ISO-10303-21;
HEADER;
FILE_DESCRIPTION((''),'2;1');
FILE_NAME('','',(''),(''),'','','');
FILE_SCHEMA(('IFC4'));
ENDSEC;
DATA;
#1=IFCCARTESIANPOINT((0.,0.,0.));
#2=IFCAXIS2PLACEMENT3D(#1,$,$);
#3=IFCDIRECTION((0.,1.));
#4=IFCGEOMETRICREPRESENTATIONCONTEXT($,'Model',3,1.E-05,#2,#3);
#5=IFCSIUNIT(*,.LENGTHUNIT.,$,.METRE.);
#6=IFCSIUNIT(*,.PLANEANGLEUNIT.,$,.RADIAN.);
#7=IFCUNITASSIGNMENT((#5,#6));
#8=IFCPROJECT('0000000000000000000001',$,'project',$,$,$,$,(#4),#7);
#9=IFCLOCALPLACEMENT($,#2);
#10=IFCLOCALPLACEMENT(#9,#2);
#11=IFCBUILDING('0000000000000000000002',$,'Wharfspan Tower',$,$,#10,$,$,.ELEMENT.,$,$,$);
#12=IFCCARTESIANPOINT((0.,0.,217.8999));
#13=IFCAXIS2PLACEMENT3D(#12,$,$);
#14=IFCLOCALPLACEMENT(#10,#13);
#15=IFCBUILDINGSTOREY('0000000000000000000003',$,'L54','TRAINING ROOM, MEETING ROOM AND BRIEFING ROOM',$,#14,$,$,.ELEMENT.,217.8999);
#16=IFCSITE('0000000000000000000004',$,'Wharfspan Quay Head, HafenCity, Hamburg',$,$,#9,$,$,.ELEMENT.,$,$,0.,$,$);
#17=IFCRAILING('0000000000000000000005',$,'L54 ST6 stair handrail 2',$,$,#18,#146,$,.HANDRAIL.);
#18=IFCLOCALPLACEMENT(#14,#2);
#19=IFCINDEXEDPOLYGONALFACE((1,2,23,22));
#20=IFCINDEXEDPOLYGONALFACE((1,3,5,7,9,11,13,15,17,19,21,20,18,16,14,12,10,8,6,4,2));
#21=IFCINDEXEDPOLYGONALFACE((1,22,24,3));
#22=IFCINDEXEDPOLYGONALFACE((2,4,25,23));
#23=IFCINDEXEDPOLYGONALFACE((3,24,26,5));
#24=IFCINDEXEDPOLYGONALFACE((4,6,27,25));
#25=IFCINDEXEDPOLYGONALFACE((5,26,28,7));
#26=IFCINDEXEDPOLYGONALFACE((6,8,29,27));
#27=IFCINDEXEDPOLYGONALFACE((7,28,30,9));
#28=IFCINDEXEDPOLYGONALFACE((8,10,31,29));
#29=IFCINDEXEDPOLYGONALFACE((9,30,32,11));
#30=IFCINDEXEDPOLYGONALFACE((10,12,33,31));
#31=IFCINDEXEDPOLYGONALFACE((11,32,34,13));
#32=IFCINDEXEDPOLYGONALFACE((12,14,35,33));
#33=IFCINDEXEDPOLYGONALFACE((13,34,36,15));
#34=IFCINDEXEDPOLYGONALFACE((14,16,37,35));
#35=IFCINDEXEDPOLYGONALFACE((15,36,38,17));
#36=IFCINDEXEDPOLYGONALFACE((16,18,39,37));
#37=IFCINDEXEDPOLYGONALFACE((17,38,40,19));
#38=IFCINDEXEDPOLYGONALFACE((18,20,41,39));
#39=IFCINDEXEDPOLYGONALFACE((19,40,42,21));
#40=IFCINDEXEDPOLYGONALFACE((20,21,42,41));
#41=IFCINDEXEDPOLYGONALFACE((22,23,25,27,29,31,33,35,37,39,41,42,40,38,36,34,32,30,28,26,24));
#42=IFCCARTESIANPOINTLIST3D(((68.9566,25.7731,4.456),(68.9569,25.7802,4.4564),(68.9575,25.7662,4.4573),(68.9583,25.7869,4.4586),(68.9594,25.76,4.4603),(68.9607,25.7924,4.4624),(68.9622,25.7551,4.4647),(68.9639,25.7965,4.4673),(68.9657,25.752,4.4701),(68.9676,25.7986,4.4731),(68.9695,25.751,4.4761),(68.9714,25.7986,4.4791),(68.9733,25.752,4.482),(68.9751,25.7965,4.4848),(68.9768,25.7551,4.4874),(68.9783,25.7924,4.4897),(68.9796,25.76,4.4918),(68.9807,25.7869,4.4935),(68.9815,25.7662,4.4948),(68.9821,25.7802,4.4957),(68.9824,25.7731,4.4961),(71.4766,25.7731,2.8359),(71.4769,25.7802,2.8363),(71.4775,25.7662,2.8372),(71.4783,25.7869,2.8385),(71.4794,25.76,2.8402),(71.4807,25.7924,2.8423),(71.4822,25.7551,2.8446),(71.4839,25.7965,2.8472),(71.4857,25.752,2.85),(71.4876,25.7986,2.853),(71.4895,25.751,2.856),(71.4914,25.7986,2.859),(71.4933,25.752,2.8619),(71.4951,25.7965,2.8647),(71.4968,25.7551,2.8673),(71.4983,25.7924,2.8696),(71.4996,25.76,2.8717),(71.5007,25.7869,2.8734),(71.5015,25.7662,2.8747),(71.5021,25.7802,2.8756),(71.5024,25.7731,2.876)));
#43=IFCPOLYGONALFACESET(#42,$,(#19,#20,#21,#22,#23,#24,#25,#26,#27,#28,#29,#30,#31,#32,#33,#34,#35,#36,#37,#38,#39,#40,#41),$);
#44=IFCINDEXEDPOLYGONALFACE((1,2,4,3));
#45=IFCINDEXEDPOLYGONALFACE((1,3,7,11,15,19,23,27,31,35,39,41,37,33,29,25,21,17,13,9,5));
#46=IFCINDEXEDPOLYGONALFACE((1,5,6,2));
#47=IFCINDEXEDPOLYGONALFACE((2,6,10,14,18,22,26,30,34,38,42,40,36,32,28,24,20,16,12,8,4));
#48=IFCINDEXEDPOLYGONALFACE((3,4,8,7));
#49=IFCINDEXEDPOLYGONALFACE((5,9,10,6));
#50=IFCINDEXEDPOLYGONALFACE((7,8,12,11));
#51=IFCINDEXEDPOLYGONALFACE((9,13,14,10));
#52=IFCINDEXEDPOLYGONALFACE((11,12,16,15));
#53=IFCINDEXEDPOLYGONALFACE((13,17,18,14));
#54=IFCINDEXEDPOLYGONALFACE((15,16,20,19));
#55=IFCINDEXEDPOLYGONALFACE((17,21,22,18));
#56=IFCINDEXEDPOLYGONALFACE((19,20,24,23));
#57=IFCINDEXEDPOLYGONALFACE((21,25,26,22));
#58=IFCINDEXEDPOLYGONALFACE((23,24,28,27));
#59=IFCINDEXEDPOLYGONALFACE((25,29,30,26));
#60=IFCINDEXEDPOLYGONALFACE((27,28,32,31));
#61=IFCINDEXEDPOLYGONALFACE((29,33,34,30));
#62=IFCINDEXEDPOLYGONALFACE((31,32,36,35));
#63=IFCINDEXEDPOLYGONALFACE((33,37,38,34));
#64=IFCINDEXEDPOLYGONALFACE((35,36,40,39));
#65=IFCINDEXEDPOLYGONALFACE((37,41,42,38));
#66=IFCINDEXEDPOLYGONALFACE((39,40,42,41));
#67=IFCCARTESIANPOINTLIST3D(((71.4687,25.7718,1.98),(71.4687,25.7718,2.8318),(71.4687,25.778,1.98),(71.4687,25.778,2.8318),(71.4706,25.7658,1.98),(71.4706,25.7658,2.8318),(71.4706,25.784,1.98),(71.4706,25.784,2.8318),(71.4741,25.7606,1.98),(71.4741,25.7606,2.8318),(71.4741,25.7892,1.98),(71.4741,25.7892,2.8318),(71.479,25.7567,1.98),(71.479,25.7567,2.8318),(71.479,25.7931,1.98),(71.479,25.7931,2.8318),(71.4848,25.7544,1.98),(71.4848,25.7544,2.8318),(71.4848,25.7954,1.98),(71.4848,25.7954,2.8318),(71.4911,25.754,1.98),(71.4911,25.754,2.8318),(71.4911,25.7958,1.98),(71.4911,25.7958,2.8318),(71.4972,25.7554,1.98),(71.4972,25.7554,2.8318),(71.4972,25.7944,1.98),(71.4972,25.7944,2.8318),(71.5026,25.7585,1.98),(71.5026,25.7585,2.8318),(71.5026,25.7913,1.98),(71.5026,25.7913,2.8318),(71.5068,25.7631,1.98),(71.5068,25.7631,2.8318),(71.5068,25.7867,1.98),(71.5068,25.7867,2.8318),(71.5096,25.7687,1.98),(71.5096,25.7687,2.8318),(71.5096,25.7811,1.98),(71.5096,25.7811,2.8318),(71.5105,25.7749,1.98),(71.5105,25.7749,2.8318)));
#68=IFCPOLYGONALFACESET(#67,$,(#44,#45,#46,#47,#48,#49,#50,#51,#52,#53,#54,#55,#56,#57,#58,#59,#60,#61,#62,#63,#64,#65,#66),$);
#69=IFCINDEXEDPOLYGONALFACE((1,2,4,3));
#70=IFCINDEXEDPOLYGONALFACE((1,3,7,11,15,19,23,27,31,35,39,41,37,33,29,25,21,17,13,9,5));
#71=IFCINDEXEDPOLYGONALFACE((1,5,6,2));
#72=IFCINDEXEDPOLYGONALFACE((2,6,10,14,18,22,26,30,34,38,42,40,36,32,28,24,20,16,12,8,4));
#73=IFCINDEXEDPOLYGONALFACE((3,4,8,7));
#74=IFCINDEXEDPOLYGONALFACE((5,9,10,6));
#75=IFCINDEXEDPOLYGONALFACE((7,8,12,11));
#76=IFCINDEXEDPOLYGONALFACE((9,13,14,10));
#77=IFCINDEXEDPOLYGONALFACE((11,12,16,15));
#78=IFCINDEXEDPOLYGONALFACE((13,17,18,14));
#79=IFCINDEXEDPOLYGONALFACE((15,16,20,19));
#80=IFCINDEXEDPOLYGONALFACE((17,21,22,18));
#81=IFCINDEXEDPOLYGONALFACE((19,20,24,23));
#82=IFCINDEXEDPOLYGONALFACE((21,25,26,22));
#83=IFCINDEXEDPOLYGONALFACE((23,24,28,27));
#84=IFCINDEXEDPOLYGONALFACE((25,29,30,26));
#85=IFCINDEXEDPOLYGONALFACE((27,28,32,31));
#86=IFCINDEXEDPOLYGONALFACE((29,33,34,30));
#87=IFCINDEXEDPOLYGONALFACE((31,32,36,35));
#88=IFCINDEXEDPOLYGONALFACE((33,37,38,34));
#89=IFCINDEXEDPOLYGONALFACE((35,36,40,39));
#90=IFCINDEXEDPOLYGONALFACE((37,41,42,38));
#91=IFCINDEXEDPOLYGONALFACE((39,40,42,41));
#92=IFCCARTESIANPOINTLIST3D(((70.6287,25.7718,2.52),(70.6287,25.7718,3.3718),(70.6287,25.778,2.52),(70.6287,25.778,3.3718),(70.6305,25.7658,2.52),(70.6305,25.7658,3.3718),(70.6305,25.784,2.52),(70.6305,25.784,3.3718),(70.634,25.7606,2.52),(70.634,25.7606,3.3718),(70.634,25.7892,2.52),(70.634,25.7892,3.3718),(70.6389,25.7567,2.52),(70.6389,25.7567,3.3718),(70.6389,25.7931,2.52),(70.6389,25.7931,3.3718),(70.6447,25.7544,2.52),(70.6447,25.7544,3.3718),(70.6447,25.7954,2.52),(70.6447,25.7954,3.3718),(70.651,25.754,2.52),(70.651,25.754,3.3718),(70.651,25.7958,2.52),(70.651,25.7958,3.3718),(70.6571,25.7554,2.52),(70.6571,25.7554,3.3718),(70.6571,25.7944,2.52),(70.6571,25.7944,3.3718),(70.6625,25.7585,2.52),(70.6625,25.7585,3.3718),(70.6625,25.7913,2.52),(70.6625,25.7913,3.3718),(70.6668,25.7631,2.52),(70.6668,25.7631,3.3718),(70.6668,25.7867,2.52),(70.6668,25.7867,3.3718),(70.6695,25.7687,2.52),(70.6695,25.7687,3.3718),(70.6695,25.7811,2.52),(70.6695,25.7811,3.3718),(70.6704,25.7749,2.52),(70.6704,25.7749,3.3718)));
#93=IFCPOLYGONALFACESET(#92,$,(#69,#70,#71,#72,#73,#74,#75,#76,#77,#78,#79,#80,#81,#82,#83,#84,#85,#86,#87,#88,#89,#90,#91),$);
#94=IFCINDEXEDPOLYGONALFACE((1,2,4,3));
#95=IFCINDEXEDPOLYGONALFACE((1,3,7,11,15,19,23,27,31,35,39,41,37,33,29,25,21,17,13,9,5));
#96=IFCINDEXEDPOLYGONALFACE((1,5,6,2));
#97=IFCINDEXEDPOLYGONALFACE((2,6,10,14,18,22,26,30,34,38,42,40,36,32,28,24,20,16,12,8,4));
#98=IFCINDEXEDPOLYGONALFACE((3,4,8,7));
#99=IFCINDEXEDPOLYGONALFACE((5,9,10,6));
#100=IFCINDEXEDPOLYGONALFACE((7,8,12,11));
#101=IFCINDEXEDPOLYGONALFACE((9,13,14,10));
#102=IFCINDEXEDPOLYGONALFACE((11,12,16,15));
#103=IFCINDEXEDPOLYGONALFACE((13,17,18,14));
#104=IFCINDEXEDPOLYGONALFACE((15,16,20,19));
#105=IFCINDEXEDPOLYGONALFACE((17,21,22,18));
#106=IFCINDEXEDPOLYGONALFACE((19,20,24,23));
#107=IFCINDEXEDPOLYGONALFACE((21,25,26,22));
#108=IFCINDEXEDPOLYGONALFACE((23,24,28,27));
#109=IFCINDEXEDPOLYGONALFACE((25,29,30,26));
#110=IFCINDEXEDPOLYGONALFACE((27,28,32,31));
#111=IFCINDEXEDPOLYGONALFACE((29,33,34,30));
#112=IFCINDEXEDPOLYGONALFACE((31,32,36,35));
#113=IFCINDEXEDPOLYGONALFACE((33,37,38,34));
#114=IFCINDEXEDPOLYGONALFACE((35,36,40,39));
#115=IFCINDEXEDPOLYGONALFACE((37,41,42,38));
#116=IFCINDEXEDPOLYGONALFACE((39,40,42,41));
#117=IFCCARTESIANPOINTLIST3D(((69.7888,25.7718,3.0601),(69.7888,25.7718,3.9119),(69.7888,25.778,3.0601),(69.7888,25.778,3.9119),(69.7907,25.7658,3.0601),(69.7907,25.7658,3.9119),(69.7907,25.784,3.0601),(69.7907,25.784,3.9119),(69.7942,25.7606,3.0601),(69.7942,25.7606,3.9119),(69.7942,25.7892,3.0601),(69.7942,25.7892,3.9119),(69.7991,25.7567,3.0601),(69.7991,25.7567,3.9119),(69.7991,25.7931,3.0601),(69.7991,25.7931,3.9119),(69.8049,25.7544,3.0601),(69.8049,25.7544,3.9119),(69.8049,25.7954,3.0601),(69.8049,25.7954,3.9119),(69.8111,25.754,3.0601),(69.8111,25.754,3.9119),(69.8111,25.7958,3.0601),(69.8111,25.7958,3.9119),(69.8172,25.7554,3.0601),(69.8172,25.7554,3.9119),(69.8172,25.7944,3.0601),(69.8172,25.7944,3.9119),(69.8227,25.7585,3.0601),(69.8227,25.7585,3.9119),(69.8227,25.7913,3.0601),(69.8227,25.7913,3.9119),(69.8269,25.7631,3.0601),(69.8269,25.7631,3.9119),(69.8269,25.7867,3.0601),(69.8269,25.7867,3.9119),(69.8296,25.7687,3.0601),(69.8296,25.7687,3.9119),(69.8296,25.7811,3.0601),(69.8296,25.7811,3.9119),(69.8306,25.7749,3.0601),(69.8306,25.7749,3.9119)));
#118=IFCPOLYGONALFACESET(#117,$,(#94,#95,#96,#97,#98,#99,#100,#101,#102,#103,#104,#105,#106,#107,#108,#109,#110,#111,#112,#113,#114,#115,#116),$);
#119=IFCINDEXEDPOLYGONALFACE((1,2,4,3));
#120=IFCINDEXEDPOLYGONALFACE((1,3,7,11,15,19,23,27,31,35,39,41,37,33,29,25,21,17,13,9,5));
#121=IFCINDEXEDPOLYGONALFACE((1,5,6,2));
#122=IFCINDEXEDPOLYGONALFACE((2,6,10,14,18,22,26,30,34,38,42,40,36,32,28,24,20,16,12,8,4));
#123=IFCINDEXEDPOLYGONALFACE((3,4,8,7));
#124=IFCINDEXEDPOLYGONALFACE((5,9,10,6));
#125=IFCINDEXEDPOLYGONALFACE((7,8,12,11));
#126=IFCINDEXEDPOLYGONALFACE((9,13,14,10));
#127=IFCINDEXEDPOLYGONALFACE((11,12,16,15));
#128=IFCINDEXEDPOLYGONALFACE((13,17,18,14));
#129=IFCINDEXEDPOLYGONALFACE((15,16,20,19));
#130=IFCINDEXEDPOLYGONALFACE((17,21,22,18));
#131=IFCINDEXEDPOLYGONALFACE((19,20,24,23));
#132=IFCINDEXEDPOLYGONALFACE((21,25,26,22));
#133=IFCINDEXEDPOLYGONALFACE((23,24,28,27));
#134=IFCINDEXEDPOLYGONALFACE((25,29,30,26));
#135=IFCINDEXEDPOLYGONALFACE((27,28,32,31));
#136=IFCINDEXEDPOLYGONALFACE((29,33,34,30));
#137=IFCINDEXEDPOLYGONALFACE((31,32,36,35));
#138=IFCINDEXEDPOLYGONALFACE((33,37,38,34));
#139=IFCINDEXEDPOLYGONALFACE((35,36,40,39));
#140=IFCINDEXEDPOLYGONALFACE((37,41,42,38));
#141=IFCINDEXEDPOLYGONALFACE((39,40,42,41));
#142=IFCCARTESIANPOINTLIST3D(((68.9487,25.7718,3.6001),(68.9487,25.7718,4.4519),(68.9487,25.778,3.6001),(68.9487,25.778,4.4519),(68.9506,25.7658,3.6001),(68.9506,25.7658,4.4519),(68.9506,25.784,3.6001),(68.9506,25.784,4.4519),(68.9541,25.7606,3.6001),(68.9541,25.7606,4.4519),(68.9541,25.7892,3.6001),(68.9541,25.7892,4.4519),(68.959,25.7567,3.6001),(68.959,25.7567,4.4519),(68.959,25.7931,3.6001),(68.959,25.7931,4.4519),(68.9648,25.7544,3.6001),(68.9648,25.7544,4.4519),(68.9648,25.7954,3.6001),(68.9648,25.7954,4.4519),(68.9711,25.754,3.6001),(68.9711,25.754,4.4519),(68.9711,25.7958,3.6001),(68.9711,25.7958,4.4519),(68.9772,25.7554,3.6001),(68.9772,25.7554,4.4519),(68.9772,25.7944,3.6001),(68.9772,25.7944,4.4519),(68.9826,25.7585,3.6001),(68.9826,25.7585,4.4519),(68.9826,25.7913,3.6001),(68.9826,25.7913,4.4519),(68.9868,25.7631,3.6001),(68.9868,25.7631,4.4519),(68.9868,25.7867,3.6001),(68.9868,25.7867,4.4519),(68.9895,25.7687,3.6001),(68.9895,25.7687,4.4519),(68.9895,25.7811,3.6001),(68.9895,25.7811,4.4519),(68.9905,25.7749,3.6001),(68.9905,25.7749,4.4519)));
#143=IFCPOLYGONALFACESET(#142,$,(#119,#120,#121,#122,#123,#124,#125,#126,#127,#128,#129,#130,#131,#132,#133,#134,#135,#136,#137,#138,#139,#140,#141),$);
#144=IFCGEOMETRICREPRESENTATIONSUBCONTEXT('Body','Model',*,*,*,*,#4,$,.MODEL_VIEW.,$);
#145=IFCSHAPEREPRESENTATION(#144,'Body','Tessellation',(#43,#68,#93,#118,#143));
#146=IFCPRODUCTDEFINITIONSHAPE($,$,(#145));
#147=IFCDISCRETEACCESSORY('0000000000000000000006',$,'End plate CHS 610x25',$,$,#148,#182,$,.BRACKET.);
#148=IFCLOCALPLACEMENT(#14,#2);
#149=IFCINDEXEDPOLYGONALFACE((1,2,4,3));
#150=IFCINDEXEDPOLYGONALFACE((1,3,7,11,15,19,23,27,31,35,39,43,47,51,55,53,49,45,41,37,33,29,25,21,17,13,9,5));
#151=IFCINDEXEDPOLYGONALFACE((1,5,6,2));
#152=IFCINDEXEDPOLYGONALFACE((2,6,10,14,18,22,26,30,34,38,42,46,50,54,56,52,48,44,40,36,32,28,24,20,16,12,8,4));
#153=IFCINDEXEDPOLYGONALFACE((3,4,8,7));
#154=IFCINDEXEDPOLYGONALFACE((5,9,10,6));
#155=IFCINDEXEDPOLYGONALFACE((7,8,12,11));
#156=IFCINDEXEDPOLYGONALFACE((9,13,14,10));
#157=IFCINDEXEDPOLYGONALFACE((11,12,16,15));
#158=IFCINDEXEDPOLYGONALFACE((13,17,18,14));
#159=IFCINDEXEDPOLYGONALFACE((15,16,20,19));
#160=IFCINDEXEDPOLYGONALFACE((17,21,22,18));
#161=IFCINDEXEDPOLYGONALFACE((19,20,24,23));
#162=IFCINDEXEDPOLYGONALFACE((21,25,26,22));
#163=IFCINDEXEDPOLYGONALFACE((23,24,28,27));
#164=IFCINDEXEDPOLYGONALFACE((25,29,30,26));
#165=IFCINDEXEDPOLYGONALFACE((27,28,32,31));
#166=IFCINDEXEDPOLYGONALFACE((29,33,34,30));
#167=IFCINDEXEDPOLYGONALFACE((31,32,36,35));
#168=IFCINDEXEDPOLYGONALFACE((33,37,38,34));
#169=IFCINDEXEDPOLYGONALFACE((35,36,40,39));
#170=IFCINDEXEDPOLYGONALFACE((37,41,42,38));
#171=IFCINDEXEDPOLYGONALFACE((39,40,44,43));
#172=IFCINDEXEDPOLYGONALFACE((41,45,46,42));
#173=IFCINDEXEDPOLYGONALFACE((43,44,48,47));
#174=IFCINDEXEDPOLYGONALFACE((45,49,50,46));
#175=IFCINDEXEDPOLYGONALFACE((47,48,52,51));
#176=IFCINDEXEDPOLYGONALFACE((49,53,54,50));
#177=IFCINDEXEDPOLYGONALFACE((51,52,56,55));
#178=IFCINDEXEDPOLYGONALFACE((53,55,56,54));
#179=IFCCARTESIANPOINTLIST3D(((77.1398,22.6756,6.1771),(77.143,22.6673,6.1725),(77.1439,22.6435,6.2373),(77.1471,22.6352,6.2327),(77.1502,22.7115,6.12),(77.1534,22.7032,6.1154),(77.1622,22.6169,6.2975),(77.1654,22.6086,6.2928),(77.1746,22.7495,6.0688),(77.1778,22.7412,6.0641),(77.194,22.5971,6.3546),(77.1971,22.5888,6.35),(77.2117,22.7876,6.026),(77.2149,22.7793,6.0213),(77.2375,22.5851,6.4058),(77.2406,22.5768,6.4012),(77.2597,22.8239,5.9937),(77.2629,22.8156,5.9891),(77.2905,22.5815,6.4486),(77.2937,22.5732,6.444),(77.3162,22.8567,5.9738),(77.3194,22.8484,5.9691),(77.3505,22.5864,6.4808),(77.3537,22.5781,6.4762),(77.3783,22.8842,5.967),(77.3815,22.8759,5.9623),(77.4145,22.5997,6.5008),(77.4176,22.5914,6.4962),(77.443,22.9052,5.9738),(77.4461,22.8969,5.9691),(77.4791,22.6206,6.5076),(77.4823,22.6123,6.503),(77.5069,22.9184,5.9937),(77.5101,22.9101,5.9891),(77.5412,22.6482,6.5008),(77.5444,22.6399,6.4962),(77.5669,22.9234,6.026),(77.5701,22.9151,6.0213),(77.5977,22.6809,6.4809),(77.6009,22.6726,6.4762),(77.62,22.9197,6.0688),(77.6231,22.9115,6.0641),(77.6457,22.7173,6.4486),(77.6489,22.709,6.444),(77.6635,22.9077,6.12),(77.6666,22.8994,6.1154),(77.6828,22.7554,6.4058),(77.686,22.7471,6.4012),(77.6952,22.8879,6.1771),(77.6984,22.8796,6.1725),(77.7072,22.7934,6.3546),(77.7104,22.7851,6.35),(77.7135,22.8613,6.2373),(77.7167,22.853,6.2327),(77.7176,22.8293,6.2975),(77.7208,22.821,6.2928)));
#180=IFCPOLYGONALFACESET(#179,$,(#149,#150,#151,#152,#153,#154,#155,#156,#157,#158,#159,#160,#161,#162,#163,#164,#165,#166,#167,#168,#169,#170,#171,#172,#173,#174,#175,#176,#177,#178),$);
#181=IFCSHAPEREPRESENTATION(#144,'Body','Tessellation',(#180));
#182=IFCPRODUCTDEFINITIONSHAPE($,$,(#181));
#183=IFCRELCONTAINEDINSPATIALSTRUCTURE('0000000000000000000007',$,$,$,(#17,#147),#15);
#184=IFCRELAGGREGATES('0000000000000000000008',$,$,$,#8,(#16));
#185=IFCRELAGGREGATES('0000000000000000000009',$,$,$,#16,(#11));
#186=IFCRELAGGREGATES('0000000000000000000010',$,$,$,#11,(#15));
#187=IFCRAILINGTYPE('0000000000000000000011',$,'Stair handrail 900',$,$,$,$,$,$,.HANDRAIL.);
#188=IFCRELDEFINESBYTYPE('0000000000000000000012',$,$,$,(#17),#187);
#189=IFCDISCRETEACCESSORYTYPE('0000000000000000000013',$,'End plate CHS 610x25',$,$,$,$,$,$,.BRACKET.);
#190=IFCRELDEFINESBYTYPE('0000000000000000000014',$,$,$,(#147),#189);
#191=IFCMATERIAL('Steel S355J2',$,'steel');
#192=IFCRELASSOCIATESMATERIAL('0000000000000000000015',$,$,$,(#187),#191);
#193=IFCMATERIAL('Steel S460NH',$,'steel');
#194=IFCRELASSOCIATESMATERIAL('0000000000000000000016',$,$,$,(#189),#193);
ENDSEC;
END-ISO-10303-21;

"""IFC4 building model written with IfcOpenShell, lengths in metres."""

from ifc_helpers import new_model, si_unit, direction, frame, origin, origin_2d, place, context, subcontext, project, spatial, circle, extrude, material, material_profile, profile_set, type_object, element, save


model = new_model("IFC4")

# Units and contexts
model_context = context("Model", 3, precision=1e-05, world=origin(), true_north=direction((0.0, 1.0)))
body_context = subcontext(model_context, "Body", "Model", "MODEL_VIEW")
ifc_project = project(units=[si_unit("LENGTHUNIT", "METRE"), si_unit("PLANEANGLEUNIT", "RADIAN")], contexts=[model_context])

# Site, building, storey
site_placement = place(None, origin())
site = spatial("IfcSite", under=ifc_project, at=site_placement, Name="Wharfspan Quay Head, HafenCity, Hamburg", CompositionType="ELEMENT", RefElevation=0.0)
building_placement = place(site_placement, origin())
building = spatial("IfcBuilding", under=site, at=building_placement, Name="Wharfspan Tower", CompositionType="ELEMENT")
storey_placement = place(building_placement, frame((0.0, 0.0, 217.8999)))
storey = spatial("IfcBuildingStorey", under=building, at=storey_placement, Name="L54", Description="TRAINING ROOM, MEETING ROOM AND BRIEFING ROOM", CompositionType="ELEMENT", Elevation=217.8999)

# Railing
ifc_material_1 = material(Name="Steel S355J2", Category="steel")
railing_type_1 = type_object("IfcRailingType", Name="Stair handrail 900", PredefinedType="HANDRAIL", material=ifc_material_1)
railing_1_placement = place(storey_placement, frame((71.4895, 25.7749, 1.98)))
element("IfcRailing", 1, at=railing_1_placement, inside=storey, type_object=railing_type_1, Name="L54 ST6 stair handrail 2", PredefinedType="HANDRAIL", context=body_context, shape_type="SweptSolid", body=[
    extrude(circle(Radius=0.0239, at=origin_2d()), frame((0.0, 0.0, 0.876), z_axis=(-0.841163, 0.0, 0.540782), x_axis=(0.0, -1.0, 0.0)), (0.0, 0.0, 1.0), 2.9958),
    extrude(circle(Radius=0.021, at=origin_2d()), origin(), (0.0, 0.0, 1.0), 0.8518),
    extrude(circle(Radius=0.021, at=origin_2d()), frame((-0.8401, 0.0, 0.54)), (0.0, 0.0, 1.0), 0.8518),
    extrude(circle(Radius=0.021, at=origin_2d()), frame((-1.6799, 0.0, 1.0801)), (0.0, 0.0, 1.0), 0.8518),
    extrude(circle(Radius=0.021, at=origin_2d()), frame((-2.52, 0.0, 1.6201)), (0.0, 0.0, 1.0), 0.8518),
])

# Discrete accessory
ifc_material_2 = material(Name="Steel S460NH", Category="steel")
ifc_material_profile_1 = material_profile(ifc_material_2, circle(Radius=0.3049, at=origin_2d()))
ifc_profile_set_1 = profile_set([ifc_material_profile_1], Name="Steel S460NH")
discrete_accessory_type = type_object("IfcDiscreteAccessoryType", Name="End plate CHS 610x25", PredefinedType="BRACKET", material=ifc_profile_set_1)
for number, where, z_axis, x_axis, name in (
    (2, (77.4319, 22.7441, 6.2327), (-0.316603, 0.828038, 0.462727), (-0.934054, -0.357138, -0.000001), "End plate CHS 610x25"),
):
    element("IfcDiscreteAccessory", number, at=place(storey_placement, frame(where, z_axis=z_axis, x_axis=x_axis)), inside=storey, type_object=discrete_accessory_type, Name=name, PredefinedType="BRACKET", context=body_context, shape_type="SweptSolid", body=[
        extrude(circle(Radius=0.3049, at=origin_2d()), origin(), (0.0, 0.0, 1.0), 0.01),
    ])

save(model, "model.ifc")
